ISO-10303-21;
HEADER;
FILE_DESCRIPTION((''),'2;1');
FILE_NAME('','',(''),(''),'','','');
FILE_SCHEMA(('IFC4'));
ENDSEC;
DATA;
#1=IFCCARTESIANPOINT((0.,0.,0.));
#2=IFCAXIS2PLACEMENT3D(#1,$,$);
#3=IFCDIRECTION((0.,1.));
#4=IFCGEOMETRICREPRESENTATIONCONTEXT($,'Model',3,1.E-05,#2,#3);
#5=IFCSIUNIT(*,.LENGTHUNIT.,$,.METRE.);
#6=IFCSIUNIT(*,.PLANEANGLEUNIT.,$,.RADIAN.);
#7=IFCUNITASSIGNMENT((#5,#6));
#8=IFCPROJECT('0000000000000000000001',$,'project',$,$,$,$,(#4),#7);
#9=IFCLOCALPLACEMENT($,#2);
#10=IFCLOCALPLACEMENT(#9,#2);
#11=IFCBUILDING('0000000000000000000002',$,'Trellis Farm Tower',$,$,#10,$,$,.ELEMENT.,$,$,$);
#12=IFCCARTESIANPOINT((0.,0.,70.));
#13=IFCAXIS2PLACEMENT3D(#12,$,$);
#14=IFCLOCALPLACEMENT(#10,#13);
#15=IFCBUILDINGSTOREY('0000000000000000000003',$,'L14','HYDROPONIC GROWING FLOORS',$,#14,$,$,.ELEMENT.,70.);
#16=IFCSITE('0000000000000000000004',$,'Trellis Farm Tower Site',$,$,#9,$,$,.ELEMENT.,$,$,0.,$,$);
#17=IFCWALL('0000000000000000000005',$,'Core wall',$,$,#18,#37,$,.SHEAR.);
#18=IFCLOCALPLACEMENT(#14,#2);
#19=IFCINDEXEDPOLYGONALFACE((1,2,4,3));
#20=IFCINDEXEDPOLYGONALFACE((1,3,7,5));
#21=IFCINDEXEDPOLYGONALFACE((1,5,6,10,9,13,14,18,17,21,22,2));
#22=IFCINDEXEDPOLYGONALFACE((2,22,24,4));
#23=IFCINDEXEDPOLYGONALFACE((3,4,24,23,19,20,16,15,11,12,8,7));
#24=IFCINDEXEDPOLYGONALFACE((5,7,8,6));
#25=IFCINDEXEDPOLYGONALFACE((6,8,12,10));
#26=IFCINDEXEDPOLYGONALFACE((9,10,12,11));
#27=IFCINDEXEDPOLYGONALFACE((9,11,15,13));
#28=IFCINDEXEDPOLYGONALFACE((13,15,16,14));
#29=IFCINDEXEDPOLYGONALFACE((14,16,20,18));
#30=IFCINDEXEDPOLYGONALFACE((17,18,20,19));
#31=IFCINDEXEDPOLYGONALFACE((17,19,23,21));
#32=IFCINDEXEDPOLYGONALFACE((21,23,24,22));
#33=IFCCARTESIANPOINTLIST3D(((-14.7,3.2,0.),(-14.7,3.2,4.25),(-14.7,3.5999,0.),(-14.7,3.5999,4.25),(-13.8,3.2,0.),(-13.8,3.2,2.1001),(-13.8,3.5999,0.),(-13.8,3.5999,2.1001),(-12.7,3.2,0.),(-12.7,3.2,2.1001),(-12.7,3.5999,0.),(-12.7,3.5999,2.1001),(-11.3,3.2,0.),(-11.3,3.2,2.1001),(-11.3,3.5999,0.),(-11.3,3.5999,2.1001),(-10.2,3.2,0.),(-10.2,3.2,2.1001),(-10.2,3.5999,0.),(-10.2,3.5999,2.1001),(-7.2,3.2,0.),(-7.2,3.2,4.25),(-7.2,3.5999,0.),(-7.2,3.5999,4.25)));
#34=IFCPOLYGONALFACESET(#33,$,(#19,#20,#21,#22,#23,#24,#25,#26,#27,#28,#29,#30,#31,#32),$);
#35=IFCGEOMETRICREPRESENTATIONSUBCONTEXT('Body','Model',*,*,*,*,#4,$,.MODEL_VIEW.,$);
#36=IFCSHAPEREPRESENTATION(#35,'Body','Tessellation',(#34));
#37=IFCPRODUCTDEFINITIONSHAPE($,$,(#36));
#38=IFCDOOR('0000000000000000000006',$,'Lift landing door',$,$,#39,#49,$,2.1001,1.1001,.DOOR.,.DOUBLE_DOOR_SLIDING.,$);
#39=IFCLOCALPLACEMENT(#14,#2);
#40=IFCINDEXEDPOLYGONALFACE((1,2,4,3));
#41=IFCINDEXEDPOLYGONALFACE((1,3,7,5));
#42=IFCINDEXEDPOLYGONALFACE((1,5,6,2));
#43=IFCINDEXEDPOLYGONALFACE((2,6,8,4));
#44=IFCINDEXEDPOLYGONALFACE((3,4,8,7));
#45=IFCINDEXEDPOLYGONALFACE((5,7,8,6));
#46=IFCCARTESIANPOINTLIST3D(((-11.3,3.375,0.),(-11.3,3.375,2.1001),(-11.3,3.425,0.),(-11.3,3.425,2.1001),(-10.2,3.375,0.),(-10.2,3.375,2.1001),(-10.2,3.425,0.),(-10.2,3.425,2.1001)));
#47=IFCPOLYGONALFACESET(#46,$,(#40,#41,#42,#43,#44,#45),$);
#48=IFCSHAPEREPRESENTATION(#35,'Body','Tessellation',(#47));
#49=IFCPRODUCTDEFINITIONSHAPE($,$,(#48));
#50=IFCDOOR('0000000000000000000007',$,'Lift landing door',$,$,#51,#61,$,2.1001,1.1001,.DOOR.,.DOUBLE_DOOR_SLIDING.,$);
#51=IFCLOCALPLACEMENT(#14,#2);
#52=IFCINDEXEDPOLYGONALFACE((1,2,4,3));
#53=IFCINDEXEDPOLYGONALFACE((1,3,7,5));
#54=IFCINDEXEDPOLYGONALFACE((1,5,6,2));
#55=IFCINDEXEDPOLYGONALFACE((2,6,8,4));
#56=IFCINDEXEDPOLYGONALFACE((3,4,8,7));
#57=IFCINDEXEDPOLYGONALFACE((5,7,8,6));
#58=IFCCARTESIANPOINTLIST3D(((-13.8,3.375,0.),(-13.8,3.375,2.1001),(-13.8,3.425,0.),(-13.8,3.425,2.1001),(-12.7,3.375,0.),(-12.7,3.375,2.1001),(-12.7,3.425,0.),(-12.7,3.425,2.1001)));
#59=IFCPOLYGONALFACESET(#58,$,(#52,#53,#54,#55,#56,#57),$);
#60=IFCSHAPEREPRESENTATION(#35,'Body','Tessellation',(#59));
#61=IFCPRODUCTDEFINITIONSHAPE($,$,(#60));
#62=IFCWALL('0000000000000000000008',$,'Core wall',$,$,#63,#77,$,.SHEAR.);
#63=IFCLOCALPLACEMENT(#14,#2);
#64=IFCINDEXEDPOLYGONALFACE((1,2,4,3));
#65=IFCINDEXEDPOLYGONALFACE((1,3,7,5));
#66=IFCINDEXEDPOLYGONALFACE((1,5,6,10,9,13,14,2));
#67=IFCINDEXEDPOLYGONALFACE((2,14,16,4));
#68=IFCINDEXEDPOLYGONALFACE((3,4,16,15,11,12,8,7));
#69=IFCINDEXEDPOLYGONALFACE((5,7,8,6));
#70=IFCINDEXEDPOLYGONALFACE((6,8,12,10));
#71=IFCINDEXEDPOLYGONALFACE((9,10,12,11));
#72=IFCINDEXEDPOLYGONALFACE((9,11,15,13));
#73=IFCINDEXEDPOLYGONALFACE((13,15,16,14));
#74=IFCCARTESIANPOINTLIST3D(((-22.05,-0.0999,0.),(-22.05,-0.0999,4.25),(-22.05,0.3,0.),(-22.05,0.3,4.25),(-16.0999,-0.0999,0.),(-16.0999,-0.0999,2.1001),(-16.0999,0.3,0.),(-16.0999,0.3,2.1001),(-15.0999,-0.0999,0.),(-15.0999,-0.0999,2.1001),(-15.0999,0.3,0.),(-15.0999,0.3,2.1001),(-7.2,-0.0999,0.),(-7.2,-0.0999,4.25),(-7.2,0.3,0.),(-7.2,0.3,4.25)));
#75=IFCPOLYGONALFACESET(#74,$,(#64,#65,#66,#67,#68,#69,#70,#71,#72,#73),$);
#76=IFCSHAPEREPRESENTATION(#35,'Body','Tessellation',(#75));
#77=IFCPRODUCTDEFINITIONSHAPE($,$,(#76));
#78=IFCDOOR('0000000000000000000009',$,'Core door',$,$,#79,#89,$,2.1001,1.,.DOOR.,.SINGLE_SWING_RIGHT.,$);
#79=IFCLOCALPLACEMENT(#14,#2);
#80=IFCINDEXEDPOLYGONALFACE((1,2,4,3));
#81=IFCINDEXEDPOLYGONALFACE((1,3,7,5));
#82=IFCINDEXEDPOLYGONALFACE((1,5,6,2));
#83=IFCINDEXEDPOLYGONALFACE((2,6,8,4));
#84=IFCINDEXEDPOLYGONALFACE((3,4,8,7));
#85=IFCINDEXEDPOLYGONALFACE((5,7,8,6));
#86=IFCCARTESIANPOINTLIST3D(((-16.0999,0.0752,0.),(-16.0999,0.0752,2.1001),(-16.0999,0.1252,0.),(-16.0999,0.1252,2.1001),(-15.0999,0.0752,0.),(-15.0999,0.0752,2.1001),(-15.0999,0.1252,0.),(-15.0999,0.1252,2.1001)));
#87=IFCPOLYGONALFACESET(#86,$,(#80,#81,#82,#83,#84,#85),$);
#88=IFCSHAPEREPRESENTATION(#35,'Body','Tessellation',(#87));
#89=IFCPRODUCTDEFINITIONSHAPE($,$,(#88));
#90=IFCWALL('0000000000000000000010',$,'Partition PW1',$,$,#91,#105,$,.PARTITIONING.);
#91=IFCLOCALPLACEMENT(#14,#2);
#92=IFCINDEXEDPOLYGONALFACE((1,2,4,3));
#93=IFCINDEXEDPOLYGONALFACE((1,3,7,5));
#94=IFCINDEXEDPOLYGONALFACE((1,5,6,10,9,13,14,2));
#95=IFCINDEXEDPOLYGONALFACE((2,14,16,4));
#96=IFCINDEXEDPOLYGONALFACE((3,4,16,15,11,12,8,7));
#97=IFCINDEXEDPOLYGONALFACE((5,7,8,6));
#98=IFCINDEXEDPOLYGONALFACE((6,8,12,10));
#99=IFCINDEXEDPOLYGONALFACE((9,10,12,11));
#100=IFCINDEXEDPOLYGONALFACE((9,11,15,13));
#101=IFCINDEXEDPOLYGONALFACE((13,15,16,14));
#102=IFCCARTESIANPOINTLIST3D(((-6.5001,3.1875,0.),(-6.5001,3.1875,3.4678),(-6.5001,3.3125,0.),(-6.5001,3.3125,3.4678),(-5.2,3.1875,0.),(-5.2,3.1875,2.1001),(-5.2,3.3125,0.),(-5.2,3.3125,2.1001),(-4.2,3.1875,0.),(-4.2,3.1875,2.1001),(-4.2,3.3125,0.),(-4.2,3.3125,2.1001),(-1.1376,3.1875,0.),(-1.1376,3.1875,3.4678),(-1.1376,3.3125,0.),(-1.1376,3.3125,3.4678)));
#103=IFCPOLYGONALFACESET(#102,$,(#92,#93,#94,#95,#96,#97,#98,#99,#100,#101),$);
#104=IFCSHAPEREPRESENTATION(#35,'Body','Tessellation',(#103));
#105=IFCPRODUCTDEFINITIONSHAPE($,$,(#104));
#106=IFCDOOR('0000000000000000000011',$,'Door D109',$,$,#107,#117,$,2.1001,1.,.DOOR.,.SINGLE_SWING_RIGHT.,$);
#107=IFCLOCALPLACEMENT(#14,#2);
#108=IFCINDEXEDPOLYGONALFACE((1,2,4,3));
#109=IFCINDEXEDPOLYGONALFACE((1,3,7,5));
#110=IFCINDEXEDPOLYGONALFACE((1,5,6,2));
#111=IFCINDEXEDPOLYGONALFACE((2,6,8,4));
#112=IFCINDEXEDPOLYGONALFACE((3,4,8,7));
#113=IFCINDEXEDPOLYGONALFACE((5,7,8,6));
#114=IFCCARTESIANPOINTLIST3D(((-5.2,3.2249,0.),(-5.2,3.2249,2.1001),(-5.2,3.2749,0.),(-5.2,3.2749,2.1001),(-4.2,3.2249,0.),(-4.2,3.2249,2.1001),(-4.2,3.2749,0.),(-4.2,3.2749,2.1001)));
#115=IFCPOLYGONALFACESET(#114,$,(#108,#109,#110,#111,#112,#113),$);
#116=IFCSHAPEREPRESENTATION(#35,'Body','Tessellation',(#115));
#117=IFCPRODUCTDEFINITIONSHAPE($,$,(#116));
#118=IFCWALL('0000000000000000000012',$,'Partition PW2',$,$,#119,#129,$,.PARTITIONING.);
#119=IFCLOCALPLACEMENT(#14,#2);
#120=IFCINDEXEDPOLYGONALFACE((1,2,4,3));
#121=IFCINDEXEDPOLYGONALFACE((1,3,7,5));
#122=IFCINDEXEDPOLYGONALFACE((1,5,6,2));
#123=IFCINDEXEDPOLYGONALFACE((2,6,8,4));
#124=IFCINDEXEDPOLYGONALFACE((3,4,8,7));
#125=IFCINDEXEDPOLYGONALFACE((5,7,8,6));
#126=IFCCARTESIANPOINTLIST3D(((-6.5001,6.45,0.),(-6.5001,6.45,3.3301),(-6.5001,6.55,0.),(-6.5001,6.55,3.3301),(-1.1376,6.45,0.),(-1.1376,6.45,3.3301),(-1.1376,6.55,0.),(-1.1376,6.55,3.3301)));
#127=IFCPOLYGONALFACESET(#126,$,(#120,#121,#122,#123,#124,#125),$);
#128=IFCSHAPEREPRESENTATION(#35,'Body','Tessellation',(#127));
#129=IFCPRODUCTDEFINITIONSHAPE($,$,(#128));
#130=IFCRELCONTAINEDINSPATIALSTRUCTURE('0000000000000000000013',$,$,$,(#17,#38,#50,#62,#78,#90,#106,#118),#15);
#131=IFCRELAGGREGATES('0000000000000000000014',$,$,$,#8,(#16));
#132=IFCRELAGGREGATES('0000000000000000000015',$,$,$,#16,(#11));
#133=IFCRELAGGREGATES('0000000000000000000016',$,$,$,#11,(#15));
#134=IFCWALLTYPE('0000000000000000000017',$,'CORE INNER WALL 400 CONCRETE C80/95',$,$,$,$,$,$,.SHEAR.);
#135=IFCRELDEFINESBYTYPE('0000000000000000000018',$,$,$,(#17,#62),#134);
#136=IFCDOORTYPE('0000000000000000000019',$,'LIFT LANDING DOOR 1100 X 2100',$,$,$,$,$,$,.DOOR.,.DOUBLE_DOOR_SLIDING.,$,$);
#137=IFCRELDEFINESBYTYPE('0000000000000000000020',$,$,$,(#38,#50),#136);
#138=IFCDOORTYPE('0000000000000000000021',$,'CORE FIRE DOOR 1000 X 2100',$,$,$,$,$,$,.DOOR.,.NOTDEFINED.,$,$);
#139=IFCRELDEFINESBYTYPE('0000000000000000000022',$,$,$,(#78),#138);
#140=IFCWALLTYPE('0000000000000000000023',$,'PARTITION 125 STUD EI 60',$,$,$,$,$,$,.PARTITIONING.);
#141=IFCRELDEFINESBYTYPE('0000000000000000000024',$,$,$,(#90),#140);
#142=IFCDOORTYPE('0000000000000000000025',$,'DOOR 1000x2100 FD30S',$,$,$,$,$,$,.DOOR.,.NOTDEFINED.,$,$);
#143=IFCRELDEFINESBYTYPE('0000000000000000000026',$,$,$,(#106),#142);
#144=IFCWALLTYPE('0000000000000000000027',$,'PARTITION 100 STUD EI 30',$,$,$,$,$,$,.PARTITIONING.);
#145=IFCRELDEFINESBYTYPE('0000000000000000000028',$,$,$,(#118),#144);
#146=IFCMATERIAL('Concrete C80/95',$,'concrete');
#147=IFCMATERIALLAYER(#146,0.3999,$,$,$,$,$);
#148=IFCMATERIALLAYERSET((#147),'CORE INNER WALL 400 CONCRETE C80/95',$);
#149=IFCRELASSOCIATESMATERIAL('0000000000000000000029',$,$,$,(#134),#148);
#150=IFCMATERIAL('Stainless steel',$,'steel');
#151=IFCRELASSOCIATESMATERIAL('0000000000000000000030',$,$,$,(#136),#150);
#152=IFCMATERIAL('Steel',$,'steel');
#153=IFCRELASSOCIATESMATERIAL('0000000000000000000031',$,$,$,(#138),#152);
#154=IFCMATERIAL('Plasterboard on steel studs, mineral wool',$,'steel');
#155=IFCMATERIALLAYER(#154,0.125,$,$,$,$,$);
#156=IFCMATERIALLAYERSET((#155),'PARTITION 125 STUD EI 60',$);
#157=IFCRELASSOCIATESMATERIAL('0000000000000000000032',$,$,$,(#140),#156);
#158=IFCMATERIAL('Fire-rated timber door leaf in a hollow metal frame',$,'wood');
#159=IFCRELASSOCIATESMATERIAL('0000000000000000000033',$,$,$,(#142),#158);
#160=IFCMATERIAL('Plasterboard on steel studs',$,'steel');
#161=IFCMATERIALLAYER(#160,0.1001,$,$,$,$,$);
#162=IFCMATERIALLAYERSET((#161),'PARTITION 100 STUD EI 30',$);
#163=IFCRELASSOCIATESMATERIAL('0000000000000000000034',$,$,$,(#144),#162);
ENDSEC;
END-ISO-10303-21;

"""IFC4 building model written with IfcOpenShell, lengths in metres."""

from ifc_helpers import new_model, si_unit, direction, frame, frame_2d, origin, place, context, subcontext, project, spatial, rectangle, extrude, source, transform, mapped, material, layer, layer_set, type_object, element, fill, save


model = new_model("IFC4")

# Units and contexts
model_context = context("Model", 3, precision=1e-05, world=origin(), true_north=direction((0.0, 1.0)))
body_context = subcontext(model_context, "Body", "Model", "MODEL_VIEW")
ifc_project = project(units=[si_unit("LENGTHUNIT", "METRE"), si_unit("PLANEANGLEUNIT", "RADIAN")], contexts=[model_context])

# Site, building, storey
site_placement = place(None, origin())
site = spatial("IfcSite", under=ifc_project, at=site_placement, Name="Trellis Farm Tower Site", CompositionType="ELEMENT", RefElevation=0.0)
building_placement = place(site_placement, origin())
building = spatial("IfcBuilding", under=site, at=building_placement, Name="Trellis Farm Tower", CompositionType="ELEMENT")
storey_placement = place(building_placement, frame((0.0, 0.0, 70.0)))
storey = spatial("IfcBuildingStorey", under=building, at=storey_placement, Name="L14", Description="HYDROPONIC GROWING FLOORS", CompositionType="ELEMENT", Elevation=70.0)

# Shared definitions
ifc_material_1 = material(Name="Concrete C80/95", Category="concrete")

# Shared definitions
ifc_material_2 = material(Name="Steel", Category="steel")

# Shared definitions
ifc_layer_1 = layer(ifc_material_1, 0.3999)
ifc_layer_set_1 = layer_set([ifc_layer_1], Name="CORE INNER WALL 400 CONCRETE C80/95")
wall_type_1 = type_object("IfcWallType", Name="CORE INNER WALL 400 CONCRETE C80/95", PredefinedType="SHEAR", material=ifc_layer_set_1)

# Wall, openings, doors
shared_shape_1 = source(origin(), body_context, "Body", "SweptSolid", [
    extrude(rectangle(XDim=7.5, YDim=0.3999, at=frame_2d((3.75, 0.0))), origin(), (0.0, 0.0, 1.0), 4.25),
])
wall_1_placement = place(storey_placement, frame((-7.2, 3.3999, 0.0), z_axis=(0.0, 0.0, 1.0), x_axis=(-1.0, 0.0, 0.0)))
wall_1 = element("IfcWall", 1, at=wall_1_placement, inside=storey, type_object=wall_type_1, Name="Core wall", PredefinedType="SHEAR", context=body_context, shape_type="MappedRepresentation", body=[
    mapped(shared_shape_1, transform((0.0, 0.0, 0.0))),
])
shared_shape_2 = source(origin(), body_context, "Body", "SweptSolid", [
    extrude(rectangle(XDim=1.1001, YDim=2.1001, at=frame_2d((0.55, 1.05))), frame((0.0, 0.21, 0.0), z_axis=(0.0, -1.0, 0.0), x_axis=(1.0, 0.0, 0.0)), (0.0, 0.0, 1.0), 0.4199),
])
opening_1_placement = place(wall_1_placement, frame((3.0, 0.0, 0.0)))
opening_1 = element("IfcOpeningElement", 2, at=opening_1_placement, cuts=wall_1, PredefinedType="OPENING", context=body_context, shape_type="MappedRepresentation", body=[
    mapped(shared_shape_2, transform((0.0, 0.0, 0.0))),
])
opening_2_placement = place(wall_1_placement, frame((5.5, 0.0, 0.0)))
opening_2 = element("IfcOpeningElement", 3, at=opening_2_placement, cuts=wall_1, PredefinedType="OPENING", context=body_context, shape_type="MappedRepresentation", body=[
    mapped(shared_shape_2, transform((0.0, 0.0, 0.0))),
])
ifc_material_3 = material(Name="Stainless steel", Category="steel")
door_type_1 = type_object("IfcDoorType", Name="LIFT LANDING DOOR 1100 X 2100", OperationType="DOUBLE_DOOR_SLIDING", PredefinedType="DOOR", material=ifc_material_3)
shared_shape_3 = source(origin(), body_context, "Body", "SweptSolid", [
    extrude(rectangle(XDim=1.1001, YDim=2.1001, at=frame_2d((0.55, 1.05))), frame((0.0, 0.0249, 0.0), z_axis=(0.0, -1.0, 0.0), x_axis=(1.0, 0.0, 0.0)), (0.0, 0.0, 1.0), 0.05),
])
door_1_placement = place(opening_1_placement, origin())
door_1 = element("IfcDoor", 4, at=door_1_placement, inside=storey, type_object=door_type_1, Name="Lift landing door", OperationType="DOUBLE_DOOR_SLIDING", OverallHeight=2.1001, OverallWidth=1.1001, PredefinedType="DOOR", context=body_context, shape_type="MappedRepresentation", body=[
    mapped(shared_shape_3, transform((0.0, 0.0, 0.0))),
])
fill(opening_1, door_1)
door_2_placement = place(opening_2_placement, origin())
door_2 = element("IfcDoor", 5, at=door_2_placement, inside=storey, type_object=door_type_1, Name="Lift landing door", OperationType="DOUBLE_DOOR_SLIDING", OverallHeight=2.1001, OverallWidth=1.1001, PredefinedType="DOOR", context=body_context, shape_type="MappedRepresentation", body=[
    mapped(shared_shape_3, transform((0.0, 0.0, 0.0))),
])
fill(opening_2, door_2)

# Walls, openings, doors
shared_shape_4 = source(origin(), body_context, "Body", "SweptSolid", [
    extrude(rectangle(XDim=14.8501, YDim=0.3999, at=frame_2d((7.425, 0.0))), origin(), (0.0, 0.0, 1.0), 4.25),
])
wall_2_placement = place(storey_placement, frame((-7.2, 0.1001, 0.0), z_axis=(0.0, 0.0, 1.0), x_axis=(-1.0, 0.0, 0.0)))
wall_2 = element("IfcWall", 6, at=wall_2_placement, inside=storey, type_object=wall_type_1, Name="Core wall", PredefinedType="SHEAR", context=body_context, shape_type="MappedRepresentation", body=[
    mapped(shared_shape_4, transform((0.0, 0.0, 0.0))),
])
shared_shape_5 = source(origin(), body_context, "Body", "SweptSolid", [
    extrude(rectangle(XDim=1.0, YDim=2.1001, at=frame_2d((0.5, 1.05))), frame((0.0, 0.21, 0.0), z_axis=(0.0, -1.0, 0.0), x_axis=(1.0, 0.0, 0.0)), (0.0, 0.0, 1.0), 0.4199),
])
opening_3_placement = place(wall_2_placement, frame((7.8999, 0.0, 0.0)))
opening_3 = element("IfcOpeningElement", 7, at=opening_3_placement, cuts=wall_2, PredefinedType="OPENING", context=body_context, shape_type="MappedRepresentation", body=[
    mapped(shared_shape_5, transform((0.0, 0.0, 0.0))),
])
door_type_2 = type_object("IfcDoorType", Name="CORE FIRE DOOR 1000 X 2100", OperationType="NOTDEFINED", PredefinedType="DOOR", material=ifc_material_2)
shared_shape_6 = source(origin(), body_context, "Body", "SweptSolid", [
    extrude(rectangle(XDim=1.0, YDim=2.1001, at=frame_2d((0.5, 1.05))), frame((0.0, 0.0249, 0.0), z_axis=(0.0, -1.0, 0.0), x_axis=(1.0, 0.0, 0.0)), (0.0, 0.0, 1.0), 0.05),
])
door_3_placement = place(opening_3_placement, origin())
door_3 = element("IfcDoor", 8, at=door_3_placement, inside=storey, type_object=door_type_2, Name="Core door", OperationType="SINGLE_SWING_RIGHT", OverallHeight=2.1001, OverallWidth=1.0, PredefinedType="DOOR", context=body_context, shape_type="MappedRepresentation", body=[
    mapped(shared_shape_6, transform((0.0, 0.0, 0.0))),
])
fill(opening_3, door_3)
ifc_material_4 = material(Name="Plasterboard on steel studs, mineral wool", Category="steel")
ifc_layer_2 = layer(ifc_material_4, 0.125)
ifc_layer_set_2 = layer_set([ifc_layer_2], Name="PARTITION 125 STUD EI 60")
wall_type_2 = type_object("IfcWallType", Name="PARTITION 125 STUD EI 60", PredefinedType="PARTITIONING", material=ifc_layer_set_2)
shared_shape_7 = source(origin(), body_context, "Body", "SweptSolid", [
    extrude(rectangle(XDim=5.3625, YDim=0.125, at=frame_2d((2.6812, 0.0))), origin(), (0.0, 0.0, 1.0), 3.4678),
])
wall_3_placement = place(storey_placement, frame((-6.5, 3.25, 0.0), z_axis=(0.0, 0.0, 1.0), x_axis=(1.0, 0.0, 0.0)))
wall_3 = element("IfcWall", 9, at=wall_3_placement, inside=storey, type_object=wall_type_2, Name="Partition PW1", PredefinedType="PARTITIONING", context=body_context, shape_type="MappedRepresentation", body=[
    mapped(shared_shape_7, transform((0.0, 0.0, 0.0))),
])
shared_shape_8 = source(origin(), body_context, "Body", "SweptSolid", [
    extrude(rectangle(XDim=1.0, YDim=2.1001, at=frame_2d((0.5, 1.05))), frame((0.0, 0.0725, 0.0), z_axis=(0.0, -1.0, 0.0), x_axis=(1.0, 0.0, 0.0)), (0.0, 0.0, 1.0), 0.145),
])
opening_4_placement = place(wall_3_placement, frame((1.3, 0.0, 0.0)))
opening_4 = element("IfcOpeningElement", 10, at=opening_4_placement, cuts=wall_3, PredefinedType="OPENING", context=body_context, shape_type="MappedRepresentation", body=[
    mapped(shared_shape_8, transform((0.0, 0.0, 0.0))),
])
ifc_material_5 = material(Name="Fire-rated timber door leaf in a hollow metal frame", Category="wood")
door_type_3 = type_object("IfcDoorType", Name="DOOR 1000x2100 FD30S", OperationType="NOTDEFINED", PredefinedType="DOOR", material=ifc_material_5)
door_4_placement = place(opening_4_placement, origin())
door_4 = element("IfcDoor", 11, at=door_4_placement, inside=storey, type_object=door_type_3, Name="Door D109", OperationType="SINGLE_SWING_RIGHT", OverallHeight=2.1001, OverallWidth=1.0, PredefinedType="DOOR", context=body_context, shape_type="MappedRepresentation", body=[
    mapped(shared_shape_6, transform((0.0, 0.0, 0.0))),
])
fill(opening_4, door_4)

# Wall
ifc_material_6 = material(Name="Plasterboard on steel studs", Category="steel")
ifc_layer_3 = layer(ifc_material_6, 0.1001)
ifc_layer_set_3 = layer_set([ifc_layer_3], Name="PARTITION 100 STUD EI 30")
wall_type_3 = type_object("IfcWallType", Name="PARTITION 100 STUD EI 30", PredefinedType="PARTITIONING", material=ifc_layer_set_3)
shared_shape_9 = source(origin(), body_context, "Body", "SweptSolid", [
    extrude(rectangle(XDim=5.3625, YDim=0.1001, at=frame_2d((2.6812, 0.0))), origin(), (0.0, 0.0, 1.0), 3.3301),
])
wall_4_placement = place(storey_placement, frame((-6.5, 6.5, 0.0), z_axis=(0.0, 0.0, 1.0), x_axis=(1.0, 0.0, 0.0)))
element("IfcWall", 12, at=wall_4_placement, inside=storey, type_object=wall_type_3, Name="Partition PW2", PredefinedType="PARTITIONING", context=body_context, shape_type="MappedRepresentation", body=[
    mapped(shared_shape_9, transform((0.0, 0.0, 0.0))),
])

save(model, "model.ifc")
